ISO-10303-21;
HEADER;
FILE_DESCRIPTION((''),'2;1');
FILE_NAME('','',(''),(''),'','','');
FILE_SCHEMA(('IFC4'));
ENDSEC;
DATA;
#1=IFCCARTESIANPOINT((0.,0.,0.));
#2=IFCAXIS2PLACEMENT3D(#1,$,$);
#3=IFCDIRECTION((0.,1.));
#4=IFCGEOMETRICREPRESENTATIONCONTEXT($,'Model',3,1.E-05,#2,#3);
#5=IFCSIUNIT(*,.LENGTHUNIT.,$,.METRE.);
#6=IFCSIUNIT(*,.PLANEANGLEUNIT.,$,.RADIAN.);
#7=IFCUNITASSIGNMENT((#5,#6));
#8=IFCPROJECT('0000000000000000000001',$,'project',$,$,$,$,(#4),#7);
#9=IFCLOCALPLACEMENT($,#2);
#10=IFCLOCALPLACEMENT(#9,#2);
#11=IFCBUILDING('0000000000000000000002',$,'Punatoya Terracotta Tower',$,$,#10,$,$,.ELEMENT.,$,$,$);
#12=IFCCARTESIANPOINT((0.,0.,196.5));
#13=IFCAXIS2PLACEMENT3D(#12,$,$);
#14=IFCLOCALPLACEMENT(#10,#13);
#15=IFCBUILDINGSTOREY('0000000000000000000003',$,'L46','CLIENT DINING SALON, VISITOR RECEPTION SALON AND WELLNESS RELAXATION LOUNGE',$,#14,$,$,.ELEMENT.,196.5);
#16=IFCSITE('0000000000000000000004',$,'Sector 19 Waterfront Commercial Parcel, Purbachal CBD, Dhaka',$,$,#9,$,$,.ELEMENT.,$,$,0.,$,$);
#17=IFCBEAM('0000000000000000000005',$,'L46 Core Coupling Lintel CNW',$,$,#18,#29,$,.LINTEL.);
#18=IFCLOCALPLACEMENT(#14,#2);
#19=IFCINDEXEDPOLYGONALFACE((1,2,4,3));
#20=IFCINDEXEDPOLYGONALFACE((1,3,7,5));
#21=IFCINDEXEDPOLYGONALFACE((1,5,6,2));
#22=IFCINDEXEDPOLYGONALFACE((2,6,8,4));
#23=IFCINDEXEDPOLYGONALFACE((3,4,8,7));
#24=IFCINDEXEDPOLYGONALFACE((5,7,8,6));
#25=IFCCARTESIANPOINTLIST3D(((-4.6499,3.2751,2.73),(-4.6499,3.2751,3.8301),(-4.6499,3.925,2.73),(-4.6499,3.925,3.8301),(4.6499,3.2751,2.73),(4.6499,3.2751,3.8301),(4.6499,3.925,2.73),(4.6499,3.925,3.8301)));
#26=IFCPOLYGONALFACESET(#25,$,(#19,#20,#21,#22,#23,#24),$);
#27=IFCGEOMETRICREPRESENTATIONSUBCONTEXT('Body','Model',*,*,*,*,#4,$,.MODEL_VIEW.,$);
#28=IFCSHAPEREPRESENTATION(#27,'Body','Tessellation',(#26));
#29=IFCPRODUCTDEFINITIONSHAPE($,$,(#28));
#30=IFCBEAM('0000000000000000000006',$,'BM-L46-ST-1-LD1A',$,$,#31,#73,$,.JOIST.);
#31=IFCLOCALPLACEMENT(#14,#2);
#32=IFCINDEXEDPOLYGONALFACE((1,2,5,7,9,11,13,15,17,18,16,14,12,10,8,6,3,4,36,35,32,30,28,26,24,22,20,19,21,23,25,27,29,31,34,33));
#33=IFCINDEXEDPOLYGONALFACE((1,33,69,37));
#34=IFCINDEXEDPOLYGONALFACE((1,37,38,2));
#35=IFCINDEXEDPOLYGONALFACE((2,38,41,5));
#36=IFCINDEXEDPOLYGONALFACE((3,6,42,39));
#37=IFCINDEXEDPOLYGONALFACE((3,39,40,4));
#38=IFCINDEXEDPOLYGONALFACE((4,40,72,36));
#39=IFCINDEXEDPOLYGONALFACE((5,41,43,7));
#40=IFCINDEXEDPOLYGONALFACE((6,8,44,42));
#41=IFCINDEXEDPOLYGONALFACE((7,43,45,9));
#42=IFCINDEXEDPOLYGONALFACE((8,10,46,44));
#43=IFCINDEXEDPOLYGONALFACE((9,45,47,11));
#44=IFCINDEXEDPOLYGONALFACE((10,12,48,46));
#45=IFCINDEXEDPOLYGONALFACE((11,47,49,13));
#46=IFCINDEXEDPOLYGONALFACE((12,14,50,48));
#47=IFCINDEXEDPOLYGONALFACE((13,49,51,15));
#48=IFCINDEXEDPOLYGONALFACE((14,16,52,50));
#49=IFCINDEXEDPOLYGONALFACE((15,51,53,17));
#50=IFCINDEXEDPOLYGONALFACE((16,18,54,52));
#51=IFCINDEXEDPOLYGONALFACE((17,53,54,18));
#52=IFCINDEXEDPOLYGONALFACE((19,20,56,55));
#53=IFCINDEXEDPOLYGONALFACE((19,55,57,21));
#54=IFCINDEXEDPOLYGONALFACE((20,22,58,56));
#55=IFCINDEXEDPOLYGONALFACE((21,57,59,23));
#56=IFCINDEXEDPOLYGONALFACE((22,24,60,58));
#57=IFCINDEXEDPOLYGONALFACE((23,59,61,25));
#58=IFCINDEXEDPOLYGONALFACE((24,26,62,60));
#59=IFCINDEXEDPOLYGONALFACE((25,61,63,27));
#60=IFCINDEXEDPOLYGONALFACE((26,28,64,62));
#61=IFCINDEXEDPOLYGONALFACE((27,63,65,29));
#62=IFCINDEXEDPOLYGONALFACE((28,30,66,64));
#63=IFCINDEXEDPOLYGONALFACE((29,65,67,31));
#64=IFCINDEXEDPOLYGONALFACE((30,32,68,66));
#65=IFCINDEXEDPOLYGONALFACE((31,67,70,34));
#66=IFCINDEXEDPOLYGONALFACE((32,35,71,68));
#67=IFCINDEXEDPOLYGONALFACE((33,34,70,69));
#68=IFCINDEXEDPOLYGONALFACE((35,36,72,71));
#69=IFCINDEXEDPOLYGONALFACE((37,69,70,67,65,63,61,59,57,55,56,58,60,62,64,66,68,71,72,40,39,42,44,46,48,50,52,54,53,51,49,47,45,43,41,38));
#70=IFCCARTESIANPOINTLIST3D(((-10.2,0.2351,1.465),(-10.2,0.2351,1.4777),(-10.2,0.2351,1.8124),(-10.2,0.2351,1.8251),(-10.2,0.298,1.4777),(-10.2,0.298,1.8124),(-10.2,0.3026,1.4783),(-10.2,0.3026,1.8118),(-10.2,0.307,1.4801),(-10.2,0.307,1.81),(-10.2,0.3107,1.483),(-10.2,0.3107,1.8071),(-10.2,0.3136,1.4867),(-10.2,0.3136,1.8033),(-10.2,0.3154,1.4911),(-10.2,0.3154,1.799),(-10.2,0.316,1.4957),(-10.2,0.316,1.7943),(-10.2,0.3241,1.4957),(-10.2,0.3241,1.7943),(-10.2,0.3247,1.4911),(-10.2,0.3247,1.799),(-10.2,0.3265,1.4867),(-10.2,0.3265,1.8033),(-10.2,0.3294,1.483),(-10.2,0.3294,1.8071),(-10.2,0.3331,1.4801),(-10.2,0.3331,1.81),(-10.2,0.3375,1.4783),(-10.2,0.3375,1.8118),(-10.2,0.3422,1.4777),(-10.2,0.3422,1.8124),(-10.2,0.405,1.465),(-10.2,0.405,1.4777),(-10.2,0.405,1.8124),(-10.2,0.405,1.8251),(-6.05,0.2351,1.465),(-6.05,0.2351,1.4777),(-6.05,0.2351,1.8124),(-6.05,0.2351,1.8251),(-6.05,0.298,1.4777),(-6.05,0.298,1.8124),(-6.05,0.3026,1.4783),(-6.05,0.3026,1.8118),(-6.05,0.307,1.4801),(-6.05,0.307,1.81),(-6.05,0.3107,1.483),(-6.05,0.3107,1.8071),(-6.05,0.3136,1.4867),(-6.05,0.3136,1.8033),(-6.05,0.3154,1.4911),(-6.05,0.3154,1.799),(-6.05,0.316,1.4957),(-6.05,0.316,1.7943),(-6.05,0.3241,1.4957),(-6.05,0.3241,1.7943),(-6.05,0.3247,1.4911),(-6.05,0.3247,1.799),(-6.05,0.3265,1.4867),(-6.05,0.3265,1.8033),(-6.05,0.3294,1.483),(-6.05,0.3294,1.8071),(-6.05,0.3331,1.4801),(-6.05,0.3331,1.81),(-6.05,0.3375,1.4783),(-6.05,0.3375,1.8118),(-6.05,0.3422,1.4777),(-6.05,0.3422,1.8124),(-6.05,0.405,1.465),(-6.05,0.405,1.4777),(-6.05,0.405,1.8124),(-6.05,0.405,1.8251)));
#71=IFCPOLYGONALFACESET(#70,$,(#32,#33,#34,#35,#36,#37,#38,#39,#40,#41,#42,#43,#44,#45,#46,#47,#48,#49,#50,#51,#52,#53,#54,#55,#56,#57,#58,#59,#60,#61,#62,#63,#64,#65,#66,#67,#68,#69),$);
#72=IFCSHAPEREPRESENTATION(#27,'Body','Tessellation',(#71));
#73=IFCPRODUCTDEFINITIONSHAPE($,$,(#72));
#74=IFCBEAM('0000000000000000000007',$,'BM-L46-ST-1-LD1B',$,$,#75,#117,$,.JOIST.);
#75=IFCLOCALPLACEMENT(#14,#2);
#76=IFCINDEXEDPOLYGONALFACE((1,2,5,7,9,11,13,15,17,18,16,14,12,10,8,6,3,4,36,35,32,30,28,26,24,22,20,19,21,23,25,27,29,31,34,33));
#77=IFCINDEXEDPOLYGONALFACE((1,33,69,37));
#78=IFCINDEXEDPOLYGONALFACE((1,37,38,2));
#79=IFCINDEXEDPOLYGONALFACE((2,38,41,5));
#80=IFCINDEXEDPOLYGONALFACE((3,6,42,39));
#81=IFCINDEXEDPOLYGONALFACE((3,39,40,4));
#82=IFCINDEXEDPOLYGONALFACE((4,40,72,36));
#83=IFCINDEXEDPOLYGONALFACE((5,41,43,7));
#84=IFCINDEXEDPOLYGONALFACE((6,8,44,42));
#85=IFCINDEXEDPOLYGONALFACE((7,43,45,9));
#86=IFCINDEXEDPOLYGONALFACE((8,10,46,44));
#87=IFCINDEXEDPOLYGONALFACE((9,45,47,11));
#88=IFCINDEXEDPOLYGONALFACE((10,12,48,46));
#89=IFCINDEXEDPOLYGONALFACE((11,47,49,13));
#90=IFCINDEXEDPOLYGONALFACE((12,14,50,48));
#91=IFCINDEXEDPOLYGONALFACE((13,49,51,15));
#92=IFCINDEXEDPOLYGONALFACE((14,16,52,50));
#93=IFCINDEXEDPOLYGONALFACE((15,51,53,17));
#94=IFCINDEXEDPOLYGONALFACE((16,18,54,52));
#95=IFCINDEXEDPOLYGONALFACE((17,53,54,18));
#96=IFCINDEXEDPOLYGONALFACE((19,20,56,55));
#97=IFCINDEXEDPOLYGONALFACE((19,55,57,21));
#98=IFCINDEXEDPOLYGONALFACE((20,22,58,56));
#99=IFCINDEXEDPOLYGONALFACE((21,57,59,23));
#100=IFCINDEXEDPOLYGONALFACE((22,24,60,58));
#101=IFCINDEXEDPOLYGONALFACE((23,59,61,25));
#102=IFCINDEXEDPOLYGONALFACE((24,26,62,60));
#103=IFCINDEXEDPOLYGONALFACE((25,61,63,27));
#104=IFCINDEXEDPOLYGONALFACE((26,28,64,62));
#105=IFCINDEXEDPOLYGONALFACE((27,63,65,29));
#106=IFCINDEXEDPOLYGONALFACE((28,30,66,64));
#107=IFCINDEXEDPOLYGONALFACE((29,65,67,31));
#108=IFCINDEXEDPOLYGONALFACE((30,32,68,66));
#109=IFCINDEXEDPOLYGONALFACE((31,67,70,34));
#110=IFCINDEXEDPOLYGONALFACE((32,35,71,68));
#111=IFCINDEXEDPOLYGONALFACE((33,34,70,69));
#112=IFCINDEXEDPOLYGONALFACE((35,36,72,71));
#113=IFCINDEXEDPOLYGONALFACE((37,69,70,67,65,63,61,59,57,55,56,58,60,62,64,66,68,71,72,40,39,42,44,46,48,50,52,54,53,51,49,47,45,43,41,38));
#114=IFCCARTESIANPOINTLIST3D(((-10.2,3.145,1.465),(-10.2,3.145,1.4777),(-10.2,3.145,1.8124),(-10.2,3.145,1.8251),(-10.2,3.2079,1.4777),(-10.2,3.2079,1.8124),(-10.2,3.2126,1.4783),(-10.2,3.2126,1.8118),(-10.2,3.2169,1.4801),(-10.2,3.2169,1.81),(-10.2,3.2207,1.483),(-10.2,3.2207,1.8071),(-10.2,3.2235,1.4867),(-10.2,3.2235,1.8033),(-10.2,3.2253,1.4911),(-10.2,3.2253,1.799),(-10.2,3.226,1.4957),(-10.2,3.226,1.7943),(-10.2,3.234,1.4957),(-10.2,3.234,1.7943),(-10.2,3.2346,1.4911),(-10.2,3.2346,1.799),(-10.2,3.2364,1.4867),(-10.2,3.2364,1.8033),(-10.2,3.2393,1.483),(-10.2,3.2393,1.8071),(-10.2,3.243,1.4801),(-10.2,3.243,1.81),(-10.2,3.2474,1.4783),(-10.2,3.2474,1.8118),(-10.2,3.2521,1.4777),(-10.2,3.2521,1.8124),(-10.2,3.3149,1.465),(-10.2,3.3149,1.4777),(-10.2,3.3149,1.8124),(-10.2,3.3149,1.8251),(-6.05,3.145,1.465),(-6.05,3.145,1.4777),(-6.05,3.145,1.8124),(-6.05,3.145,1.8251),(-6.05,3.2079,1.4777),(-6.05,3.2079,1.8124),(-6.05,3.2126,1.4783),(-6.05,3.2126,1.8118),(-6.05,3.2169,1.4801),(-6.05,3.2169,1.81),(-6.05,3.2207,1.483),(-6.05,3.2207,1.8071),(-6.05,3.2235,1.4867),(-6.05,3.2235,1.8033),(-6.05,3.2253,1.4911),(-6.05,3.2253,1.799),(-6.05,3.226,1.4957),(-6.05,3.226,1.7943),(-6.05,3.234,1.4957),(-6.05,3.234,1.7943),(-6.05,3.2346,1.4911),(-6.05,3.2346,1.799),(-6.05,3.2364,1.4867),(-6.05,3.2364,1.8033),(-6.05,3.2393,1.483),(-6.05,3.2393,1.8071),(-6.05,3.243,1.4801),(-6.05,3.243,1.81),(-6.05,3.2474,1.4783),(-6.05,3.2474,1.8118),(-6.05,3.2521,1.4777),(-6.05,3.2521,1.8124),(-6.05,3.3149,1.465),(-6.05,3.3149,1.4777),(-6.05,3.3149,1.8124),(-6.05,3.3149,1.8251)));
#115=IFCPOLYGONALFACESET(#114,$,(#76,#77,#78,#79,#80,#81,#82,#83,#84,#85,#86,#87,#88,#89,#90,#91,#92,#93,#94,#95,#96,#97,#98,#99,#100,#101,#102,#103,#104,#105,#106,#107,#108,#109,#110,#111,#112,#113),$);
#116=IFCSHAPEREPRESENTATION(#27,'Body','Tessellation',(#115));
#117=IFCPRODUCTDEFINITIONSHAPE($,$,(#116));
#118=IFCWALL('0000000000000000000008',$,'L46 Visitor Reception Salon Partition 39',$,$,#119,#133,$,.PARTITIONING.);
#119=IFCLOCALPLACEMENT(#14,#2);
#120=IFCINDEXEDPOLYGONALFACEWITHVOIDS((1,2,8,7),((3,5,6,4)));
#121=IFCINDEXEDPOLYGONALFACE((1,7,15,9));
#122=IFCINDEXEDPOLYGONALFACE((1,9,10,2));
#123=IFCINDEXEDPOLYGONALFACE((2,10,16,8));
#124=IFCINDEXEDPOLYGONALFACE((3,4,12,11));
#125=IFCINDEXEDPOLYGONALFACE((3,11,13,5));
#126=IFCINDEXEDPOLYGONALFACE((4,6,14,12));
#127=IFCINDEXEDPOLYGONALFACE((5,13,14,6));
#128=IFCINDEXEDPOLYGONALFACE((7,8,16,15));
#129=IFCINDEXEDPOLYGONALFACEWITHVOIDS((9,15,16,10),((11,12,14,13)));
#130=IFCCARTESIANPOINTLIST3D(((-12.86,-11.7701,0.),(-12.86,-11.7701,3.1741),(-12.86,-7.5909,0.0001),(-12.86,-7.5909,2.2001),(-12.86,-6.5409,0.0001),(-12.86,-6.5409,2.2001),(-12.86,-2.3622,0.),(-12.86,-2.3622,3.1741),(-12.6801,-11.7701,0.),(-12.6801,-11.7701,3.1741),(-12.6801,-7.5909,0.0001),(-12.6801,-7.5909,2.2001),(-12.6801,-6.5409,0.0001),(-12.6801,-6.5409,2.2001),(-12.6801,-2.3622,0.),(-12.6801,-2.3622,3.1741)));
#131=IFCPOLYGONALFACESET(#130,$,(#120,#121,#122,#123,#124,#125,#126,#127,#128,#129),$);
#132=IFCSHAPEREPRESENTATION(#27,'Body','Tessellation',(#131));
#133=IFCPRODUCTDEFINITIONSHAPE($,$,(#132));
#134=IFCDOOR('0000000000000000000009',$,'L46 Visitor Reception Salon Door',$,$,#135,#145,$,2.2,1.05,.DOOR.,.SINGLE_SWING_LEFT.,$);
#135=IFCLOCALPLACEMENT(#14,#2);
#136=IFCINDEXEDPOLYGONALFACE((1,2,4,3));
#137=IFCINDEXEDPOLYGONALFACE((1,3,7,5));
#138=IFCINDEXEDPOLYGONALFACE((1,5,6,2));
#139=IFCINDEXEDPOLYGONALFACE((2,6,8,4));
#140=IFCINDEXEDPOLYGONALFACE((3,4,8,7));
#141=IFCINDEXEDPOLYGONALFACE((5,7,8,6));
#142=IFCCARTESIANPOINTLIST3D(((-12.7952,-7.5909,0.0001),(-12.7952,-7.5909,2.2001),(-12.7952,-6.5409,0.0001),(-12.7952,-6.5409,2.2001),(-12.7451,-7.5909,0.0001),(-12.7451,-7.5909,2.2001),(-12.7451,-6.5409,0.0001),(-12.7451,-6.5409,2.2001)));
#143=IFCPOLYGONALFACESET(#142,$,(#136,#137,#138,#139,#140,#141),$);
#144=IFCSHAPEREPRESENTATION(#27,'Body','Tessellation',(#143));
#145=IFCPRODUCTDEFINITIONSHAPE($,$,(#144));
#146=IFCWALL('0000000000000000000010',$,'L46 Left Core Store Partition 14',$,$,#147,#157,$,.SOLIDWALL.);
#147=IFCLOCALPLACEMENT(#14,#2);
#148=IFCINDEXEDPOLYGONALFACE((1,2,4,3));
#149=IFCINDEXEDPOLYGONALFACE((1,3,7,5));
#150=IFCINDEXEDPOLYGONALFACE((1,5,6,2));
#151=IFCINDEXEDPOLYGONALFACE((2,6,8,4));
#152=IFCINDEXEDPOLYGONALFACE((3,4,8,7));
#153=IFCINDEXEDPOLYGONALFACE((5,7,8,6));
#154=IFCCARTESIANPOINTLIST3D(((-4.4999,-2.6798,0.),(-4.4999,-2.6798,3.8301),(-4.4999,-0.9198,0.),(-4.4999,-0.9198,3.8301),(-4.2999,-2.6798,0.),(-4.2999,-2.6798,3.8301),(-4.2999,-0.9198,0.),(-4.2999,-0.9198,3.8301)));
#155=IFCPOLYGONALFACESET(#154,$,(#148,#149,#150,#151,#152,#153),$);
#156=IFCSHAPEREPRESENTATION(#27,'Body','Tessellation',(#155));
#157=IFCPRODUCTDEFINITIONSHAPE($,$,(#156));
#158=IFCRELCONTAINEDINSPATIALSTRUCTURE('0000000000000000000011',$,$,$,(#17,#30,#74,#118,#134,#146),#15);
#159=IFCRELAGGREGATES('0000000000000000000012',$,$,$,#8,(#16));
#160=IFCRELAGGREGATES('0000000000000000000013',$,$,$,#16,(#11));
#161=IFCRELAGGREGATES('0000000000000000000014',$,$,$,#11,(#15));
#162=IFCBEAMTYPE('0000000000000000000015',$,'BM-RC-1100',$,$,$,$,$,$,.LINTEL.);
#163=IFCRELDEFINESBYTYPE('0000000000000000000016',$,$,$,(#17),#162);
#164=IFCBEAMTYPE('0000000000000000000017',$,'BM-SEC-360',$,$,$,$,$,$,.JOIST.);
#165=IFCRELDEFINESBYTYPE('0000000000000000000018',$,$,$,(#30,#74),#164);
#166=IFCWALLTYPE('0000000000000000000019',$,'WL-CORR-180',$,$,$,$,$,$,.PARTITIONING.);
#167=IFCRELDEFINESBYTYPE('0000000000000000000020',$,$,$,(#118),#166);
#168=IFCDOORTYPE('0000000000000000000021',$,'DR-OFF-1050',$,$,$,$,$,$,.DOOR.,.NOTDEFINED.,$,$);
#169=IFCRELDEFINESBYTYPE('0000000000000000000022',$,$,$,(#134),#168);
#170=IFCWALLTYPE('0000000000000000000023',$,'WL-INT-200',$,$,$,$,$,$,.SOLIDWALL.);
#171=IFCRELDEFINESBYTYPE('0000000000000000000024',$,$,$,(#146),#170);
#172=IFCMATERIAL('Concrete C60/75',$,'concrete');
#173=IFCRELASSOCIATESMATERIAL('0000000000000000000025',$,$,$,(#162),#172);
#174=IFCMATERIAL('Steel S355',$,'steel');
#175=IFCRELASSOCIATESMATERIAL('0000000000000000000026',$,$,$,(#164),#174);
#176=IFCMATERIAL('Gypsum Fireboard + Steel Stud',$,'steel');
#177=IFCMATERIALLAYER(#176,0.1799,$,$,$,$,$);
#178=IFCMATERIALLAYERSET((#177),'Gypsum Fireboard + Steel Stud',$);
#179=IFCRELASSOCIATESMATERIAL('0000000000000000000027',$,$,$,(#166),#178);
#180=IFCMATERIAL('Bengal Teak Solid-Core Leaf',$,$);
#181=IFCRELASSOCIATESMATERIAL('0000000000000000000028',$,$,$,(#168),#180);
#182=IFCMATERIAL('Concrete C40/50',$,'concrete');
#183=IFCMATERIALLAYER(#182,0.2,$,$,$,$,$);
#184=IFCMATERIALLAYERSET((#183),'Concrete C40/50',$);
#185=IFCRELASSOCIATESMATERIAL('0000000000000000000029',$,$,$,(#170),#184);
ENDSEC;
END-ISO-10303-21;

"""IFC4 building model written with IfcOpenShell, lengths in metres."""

from ifc_helpers import new_model, si_unit, direction, frame, frame_2d, origin, origin_2d, place, context, subcontext, project, spatial, rectangle, i_section, extrude, material, layer, layer_set, material_profile, profile_set, type_object, element, fill, save


model = new_model("IFC4")

# Units and contexts
model_context = context("Model", 3, precision=1e-05, world=origin(), true_north=direction((0.0, 1.0)))
body_context = subcontext(model_context, "Body", "Model", "MODEL_VIEW")
ifc_project = project(units=[si_unit("LENGTHUNIT", "METRE"), si_unit("PLANEANGLEUNIT", "RADIAN")], contexts=[model_context])

# Site, building, storey
site_placement = place(None, origin())
site = spatial("IfcSite", under=ifc_project, at=site_placement, Name="Sector 19 Waterfront Commercial Parcel, Purbachal CBD, Dhaka", CompositionType="ELEMENT", RefElevation=0.0)
building_placement = place(site_placement, origin())
building = spatial("IfcBuilding", under=site, at=building_placement, Name="Punatoya Terracotta Tower", CompositionType="ELEMENT")
storey_placement = place(building_placement, frame((0.0, 0.0, 196.5)))
storey = spatial("IfcBuildingStorey", under=building, at=storey_placement, Name="L46", Description="CLIENT DINING SALON, VISITOR RECEPTION SALON AND WELLNESS RELAXATION LOUNGE", CompositionType="ELEMENT", Elevation=196.5)

# Beams
ifc_material_1 = material(Name="Concrete C60/75", Category="concrete")
ifc_material_profile_1 = material_profile(ifc_material_1, rectangle(XDim=0.6499, YDim=1.1001, at=origin_2d()))
ifc_profile_set_1 = profile_set([ifc_material_profile_1], Name="Concrete C60/75")
beam_type_1 = type_object("IfcBeamType", Name="BM-RC-1100", PredefinedType="LINTEL", material=ifc_profile_set_1)
beam_placement = place(storey_placement, frame((-4.6499, 3.6001, 3.28), z_axis=(1.0, 0.0, 0.0), x_axis=(0.0, 1.0, 0.0)))
element("IfcBeam", 1, at=beam_placement, inside=storey, type_object=beam_type_1, Name="L46 Core Coupling Lintel CNW", PredefinedType="LINTEL", context=body_context, shape_type="SweptSolid", body=[
    extrude(rectangle(XDim=0.6499, YDim=1.1001, at=origin_2d()), origin(), (0.0, 0.0, 1.0), 9.2998),
])
ifc_material_2 = material(Name="Steel S355", Category="steel")
ifc_material_profile_2 = material_profile(ifc_material_2, i_section(OverallWidth=0.1699, OverallDepth=0.3601, WebThickness=0.0081, FlangeThickness=0.0127, FilletRadius=0.0181, at=origin_2d()))
ifc_profile_set_2 = profile_set([ifc_material_profile_2], Name="Steel S355")
beam_type_2 = type_object("IfcBeamType", Name="BM-SEC-360", PredefinedType="JOIST", material=ifc_profile_set_2)
for number, where, z_axis, x_axis, name in (
    (2, (-10.2, 0.3201, 1.645), (1.0, 0.0, 0.0), (0.0, 1.0, 0.0), "BM-L46-ST-1-LD1A"),
    (3, (-10.2, 3.23, 1.645), (1.0, 0.0, 0.0), (0.0, 1.0, 0.0), "BM-L46-ST-1-LD1B"),
):
    element("IfcBeam", number, at=place(storey_placement, frame(where, z_axis=z_axis, x_axis=x_axis)), inside=storey, type_object=beam_type_2, Name=name, PredefinedType="JOIST", context=body_context, shape_type="SweptSolid", body=[
        extrude(i_section(OverallWidth=0.1699, OverallDepth=0.3601, WebThickness=0.0081, FlangeThickness=0.0127, FilletRadius=0.0181, at=origin_2d()), origin(), (0.0, 0.0, 1.0), 4.1499),
    ])

# Wall, opening, door
ifc_material_3 = material(Name="Gypsum Fireboard + Steel Stud", Category="steel")
ifc_layer_1 = layer(ifc_material_3, 0.1799)
ifc_layer_set_1 = layer_set([ifc_layer_1], Name="Gypsum Fireboard + Steel Stud")
wall_type_1 = type_object("IfcWallType", Name="WL-CORR-180", PredefinedType="PARTITIONING", material=ifc_layer_set_1)
wall_1_placement = place(storey_placement, frame((-12.77, -2.3621, 0.0), z_axis=(0.0, 0.0, 1.0), x_axis=(0.0, -1.0, 0.0)))
wall_1 = element("IfcWall", 4, at=wall_1_placement, inside=storey, type_object=wall_type_1, Name="L46 Visitor Reception Salon Partition 39", PredefinedType="PARTITIONING", context=body_context, shape_type="SweptSolid", body=[
    extrude(rectangle(XDim=9.408, YDim=0.1799, at=frame_2d((4.7041, 0.0))), origin(), (0.0, 0.0, 1.0), 3.1741),
])
opening_1_placement = place(wall_1_placement, frame((4.179, 0.0, 0.0)))
opening_1 = element("IfcOpeningElement", 5, at=opening_1_placement, cuts=wall_1, PredefinedType="OPENING", context=body_context, shape_type="SweptSolid", body=[
    extrude(rectangle(XDim=1.05, YDim=2.2, at=frame_2d((0.5249, 1.1001))), frame((0.0, 0.0999, 0.0), z_axis=(0.0, -1.0, 0.0), x_axis=(1.0, 0.0, 0.0)), (0.0, 0.0, 1.0), 0.2),
])
ifc_material_4 = material(Name="Bengal Teak Solid-Core Leaf")
door_type_1 = type_object("IfcDoorType", Name="DR-OFF-1050", OperationType="NOTDEFINED", PredefinedType="DOOR", material=ifc_material_4)
door_1_placement = place(opening_1_placement, origin())
door_1 = element("IfcDoor", 6, at=door_1_placement, inside=storey, type_object=door_type_1, Name="L46 Visitor Reception Salon Door", OperationType="SINGLE_SWING_LEFT", OverallHeight=2.2, OverallWidth=1.05, PredefinedType="DOOR", context=body_context, shape_type="SweptSolid", body=[
    extrude(rectangle(XDim=1.05, YDim=2.2, at=frame_2d((0.5249, 1.1001))), frame((0.0, 0.0249, 0.0), z_axis=(0.0, -1.0, 0.0), x_axis=(1.0, 0.0, 0.0)), (0.0, 0.0, 1.0), 0.05),
])
fill(opening_1, door_1)

# Wall
ifc_material_5 = material(Name="Concrete C40/50", Category="concrete")
ifc_layer_2 = layer(ifc_material_5, 0.2)
ifc_layer_set_2 = layer_set([ifc_layer_2], Name="Concrete C40/50")
wall_type_2 = type_object("IfcWallType", Name="WL-INT-200", PredefinedType="SOLIDWALL", material=ifc_layer_set_2)
wall_2_placement = place(storey_placement, frame((-4.3999, -0.9199, 0.0), z_axis=(0.0, 0.0, 1.0), x_axis=(0.0, -1.0, 0.0)))
element("IfcWall", 7, at=wall_2_placement, inside=storey, type_object=wall_type_2, Name="L46 Left Core Store Partition 14", PredefinedType="SOLIDWALL", context=body_context, shape_type="SweptSolid", body=[
    extrude(rectangle(XDim=1.76, YDim=0.2, at=frame_2d((0.8799, 0.0))), origin(), (0.0, 0.0, 1.0), 3.8301),
])

save(model, "model.ifc")
